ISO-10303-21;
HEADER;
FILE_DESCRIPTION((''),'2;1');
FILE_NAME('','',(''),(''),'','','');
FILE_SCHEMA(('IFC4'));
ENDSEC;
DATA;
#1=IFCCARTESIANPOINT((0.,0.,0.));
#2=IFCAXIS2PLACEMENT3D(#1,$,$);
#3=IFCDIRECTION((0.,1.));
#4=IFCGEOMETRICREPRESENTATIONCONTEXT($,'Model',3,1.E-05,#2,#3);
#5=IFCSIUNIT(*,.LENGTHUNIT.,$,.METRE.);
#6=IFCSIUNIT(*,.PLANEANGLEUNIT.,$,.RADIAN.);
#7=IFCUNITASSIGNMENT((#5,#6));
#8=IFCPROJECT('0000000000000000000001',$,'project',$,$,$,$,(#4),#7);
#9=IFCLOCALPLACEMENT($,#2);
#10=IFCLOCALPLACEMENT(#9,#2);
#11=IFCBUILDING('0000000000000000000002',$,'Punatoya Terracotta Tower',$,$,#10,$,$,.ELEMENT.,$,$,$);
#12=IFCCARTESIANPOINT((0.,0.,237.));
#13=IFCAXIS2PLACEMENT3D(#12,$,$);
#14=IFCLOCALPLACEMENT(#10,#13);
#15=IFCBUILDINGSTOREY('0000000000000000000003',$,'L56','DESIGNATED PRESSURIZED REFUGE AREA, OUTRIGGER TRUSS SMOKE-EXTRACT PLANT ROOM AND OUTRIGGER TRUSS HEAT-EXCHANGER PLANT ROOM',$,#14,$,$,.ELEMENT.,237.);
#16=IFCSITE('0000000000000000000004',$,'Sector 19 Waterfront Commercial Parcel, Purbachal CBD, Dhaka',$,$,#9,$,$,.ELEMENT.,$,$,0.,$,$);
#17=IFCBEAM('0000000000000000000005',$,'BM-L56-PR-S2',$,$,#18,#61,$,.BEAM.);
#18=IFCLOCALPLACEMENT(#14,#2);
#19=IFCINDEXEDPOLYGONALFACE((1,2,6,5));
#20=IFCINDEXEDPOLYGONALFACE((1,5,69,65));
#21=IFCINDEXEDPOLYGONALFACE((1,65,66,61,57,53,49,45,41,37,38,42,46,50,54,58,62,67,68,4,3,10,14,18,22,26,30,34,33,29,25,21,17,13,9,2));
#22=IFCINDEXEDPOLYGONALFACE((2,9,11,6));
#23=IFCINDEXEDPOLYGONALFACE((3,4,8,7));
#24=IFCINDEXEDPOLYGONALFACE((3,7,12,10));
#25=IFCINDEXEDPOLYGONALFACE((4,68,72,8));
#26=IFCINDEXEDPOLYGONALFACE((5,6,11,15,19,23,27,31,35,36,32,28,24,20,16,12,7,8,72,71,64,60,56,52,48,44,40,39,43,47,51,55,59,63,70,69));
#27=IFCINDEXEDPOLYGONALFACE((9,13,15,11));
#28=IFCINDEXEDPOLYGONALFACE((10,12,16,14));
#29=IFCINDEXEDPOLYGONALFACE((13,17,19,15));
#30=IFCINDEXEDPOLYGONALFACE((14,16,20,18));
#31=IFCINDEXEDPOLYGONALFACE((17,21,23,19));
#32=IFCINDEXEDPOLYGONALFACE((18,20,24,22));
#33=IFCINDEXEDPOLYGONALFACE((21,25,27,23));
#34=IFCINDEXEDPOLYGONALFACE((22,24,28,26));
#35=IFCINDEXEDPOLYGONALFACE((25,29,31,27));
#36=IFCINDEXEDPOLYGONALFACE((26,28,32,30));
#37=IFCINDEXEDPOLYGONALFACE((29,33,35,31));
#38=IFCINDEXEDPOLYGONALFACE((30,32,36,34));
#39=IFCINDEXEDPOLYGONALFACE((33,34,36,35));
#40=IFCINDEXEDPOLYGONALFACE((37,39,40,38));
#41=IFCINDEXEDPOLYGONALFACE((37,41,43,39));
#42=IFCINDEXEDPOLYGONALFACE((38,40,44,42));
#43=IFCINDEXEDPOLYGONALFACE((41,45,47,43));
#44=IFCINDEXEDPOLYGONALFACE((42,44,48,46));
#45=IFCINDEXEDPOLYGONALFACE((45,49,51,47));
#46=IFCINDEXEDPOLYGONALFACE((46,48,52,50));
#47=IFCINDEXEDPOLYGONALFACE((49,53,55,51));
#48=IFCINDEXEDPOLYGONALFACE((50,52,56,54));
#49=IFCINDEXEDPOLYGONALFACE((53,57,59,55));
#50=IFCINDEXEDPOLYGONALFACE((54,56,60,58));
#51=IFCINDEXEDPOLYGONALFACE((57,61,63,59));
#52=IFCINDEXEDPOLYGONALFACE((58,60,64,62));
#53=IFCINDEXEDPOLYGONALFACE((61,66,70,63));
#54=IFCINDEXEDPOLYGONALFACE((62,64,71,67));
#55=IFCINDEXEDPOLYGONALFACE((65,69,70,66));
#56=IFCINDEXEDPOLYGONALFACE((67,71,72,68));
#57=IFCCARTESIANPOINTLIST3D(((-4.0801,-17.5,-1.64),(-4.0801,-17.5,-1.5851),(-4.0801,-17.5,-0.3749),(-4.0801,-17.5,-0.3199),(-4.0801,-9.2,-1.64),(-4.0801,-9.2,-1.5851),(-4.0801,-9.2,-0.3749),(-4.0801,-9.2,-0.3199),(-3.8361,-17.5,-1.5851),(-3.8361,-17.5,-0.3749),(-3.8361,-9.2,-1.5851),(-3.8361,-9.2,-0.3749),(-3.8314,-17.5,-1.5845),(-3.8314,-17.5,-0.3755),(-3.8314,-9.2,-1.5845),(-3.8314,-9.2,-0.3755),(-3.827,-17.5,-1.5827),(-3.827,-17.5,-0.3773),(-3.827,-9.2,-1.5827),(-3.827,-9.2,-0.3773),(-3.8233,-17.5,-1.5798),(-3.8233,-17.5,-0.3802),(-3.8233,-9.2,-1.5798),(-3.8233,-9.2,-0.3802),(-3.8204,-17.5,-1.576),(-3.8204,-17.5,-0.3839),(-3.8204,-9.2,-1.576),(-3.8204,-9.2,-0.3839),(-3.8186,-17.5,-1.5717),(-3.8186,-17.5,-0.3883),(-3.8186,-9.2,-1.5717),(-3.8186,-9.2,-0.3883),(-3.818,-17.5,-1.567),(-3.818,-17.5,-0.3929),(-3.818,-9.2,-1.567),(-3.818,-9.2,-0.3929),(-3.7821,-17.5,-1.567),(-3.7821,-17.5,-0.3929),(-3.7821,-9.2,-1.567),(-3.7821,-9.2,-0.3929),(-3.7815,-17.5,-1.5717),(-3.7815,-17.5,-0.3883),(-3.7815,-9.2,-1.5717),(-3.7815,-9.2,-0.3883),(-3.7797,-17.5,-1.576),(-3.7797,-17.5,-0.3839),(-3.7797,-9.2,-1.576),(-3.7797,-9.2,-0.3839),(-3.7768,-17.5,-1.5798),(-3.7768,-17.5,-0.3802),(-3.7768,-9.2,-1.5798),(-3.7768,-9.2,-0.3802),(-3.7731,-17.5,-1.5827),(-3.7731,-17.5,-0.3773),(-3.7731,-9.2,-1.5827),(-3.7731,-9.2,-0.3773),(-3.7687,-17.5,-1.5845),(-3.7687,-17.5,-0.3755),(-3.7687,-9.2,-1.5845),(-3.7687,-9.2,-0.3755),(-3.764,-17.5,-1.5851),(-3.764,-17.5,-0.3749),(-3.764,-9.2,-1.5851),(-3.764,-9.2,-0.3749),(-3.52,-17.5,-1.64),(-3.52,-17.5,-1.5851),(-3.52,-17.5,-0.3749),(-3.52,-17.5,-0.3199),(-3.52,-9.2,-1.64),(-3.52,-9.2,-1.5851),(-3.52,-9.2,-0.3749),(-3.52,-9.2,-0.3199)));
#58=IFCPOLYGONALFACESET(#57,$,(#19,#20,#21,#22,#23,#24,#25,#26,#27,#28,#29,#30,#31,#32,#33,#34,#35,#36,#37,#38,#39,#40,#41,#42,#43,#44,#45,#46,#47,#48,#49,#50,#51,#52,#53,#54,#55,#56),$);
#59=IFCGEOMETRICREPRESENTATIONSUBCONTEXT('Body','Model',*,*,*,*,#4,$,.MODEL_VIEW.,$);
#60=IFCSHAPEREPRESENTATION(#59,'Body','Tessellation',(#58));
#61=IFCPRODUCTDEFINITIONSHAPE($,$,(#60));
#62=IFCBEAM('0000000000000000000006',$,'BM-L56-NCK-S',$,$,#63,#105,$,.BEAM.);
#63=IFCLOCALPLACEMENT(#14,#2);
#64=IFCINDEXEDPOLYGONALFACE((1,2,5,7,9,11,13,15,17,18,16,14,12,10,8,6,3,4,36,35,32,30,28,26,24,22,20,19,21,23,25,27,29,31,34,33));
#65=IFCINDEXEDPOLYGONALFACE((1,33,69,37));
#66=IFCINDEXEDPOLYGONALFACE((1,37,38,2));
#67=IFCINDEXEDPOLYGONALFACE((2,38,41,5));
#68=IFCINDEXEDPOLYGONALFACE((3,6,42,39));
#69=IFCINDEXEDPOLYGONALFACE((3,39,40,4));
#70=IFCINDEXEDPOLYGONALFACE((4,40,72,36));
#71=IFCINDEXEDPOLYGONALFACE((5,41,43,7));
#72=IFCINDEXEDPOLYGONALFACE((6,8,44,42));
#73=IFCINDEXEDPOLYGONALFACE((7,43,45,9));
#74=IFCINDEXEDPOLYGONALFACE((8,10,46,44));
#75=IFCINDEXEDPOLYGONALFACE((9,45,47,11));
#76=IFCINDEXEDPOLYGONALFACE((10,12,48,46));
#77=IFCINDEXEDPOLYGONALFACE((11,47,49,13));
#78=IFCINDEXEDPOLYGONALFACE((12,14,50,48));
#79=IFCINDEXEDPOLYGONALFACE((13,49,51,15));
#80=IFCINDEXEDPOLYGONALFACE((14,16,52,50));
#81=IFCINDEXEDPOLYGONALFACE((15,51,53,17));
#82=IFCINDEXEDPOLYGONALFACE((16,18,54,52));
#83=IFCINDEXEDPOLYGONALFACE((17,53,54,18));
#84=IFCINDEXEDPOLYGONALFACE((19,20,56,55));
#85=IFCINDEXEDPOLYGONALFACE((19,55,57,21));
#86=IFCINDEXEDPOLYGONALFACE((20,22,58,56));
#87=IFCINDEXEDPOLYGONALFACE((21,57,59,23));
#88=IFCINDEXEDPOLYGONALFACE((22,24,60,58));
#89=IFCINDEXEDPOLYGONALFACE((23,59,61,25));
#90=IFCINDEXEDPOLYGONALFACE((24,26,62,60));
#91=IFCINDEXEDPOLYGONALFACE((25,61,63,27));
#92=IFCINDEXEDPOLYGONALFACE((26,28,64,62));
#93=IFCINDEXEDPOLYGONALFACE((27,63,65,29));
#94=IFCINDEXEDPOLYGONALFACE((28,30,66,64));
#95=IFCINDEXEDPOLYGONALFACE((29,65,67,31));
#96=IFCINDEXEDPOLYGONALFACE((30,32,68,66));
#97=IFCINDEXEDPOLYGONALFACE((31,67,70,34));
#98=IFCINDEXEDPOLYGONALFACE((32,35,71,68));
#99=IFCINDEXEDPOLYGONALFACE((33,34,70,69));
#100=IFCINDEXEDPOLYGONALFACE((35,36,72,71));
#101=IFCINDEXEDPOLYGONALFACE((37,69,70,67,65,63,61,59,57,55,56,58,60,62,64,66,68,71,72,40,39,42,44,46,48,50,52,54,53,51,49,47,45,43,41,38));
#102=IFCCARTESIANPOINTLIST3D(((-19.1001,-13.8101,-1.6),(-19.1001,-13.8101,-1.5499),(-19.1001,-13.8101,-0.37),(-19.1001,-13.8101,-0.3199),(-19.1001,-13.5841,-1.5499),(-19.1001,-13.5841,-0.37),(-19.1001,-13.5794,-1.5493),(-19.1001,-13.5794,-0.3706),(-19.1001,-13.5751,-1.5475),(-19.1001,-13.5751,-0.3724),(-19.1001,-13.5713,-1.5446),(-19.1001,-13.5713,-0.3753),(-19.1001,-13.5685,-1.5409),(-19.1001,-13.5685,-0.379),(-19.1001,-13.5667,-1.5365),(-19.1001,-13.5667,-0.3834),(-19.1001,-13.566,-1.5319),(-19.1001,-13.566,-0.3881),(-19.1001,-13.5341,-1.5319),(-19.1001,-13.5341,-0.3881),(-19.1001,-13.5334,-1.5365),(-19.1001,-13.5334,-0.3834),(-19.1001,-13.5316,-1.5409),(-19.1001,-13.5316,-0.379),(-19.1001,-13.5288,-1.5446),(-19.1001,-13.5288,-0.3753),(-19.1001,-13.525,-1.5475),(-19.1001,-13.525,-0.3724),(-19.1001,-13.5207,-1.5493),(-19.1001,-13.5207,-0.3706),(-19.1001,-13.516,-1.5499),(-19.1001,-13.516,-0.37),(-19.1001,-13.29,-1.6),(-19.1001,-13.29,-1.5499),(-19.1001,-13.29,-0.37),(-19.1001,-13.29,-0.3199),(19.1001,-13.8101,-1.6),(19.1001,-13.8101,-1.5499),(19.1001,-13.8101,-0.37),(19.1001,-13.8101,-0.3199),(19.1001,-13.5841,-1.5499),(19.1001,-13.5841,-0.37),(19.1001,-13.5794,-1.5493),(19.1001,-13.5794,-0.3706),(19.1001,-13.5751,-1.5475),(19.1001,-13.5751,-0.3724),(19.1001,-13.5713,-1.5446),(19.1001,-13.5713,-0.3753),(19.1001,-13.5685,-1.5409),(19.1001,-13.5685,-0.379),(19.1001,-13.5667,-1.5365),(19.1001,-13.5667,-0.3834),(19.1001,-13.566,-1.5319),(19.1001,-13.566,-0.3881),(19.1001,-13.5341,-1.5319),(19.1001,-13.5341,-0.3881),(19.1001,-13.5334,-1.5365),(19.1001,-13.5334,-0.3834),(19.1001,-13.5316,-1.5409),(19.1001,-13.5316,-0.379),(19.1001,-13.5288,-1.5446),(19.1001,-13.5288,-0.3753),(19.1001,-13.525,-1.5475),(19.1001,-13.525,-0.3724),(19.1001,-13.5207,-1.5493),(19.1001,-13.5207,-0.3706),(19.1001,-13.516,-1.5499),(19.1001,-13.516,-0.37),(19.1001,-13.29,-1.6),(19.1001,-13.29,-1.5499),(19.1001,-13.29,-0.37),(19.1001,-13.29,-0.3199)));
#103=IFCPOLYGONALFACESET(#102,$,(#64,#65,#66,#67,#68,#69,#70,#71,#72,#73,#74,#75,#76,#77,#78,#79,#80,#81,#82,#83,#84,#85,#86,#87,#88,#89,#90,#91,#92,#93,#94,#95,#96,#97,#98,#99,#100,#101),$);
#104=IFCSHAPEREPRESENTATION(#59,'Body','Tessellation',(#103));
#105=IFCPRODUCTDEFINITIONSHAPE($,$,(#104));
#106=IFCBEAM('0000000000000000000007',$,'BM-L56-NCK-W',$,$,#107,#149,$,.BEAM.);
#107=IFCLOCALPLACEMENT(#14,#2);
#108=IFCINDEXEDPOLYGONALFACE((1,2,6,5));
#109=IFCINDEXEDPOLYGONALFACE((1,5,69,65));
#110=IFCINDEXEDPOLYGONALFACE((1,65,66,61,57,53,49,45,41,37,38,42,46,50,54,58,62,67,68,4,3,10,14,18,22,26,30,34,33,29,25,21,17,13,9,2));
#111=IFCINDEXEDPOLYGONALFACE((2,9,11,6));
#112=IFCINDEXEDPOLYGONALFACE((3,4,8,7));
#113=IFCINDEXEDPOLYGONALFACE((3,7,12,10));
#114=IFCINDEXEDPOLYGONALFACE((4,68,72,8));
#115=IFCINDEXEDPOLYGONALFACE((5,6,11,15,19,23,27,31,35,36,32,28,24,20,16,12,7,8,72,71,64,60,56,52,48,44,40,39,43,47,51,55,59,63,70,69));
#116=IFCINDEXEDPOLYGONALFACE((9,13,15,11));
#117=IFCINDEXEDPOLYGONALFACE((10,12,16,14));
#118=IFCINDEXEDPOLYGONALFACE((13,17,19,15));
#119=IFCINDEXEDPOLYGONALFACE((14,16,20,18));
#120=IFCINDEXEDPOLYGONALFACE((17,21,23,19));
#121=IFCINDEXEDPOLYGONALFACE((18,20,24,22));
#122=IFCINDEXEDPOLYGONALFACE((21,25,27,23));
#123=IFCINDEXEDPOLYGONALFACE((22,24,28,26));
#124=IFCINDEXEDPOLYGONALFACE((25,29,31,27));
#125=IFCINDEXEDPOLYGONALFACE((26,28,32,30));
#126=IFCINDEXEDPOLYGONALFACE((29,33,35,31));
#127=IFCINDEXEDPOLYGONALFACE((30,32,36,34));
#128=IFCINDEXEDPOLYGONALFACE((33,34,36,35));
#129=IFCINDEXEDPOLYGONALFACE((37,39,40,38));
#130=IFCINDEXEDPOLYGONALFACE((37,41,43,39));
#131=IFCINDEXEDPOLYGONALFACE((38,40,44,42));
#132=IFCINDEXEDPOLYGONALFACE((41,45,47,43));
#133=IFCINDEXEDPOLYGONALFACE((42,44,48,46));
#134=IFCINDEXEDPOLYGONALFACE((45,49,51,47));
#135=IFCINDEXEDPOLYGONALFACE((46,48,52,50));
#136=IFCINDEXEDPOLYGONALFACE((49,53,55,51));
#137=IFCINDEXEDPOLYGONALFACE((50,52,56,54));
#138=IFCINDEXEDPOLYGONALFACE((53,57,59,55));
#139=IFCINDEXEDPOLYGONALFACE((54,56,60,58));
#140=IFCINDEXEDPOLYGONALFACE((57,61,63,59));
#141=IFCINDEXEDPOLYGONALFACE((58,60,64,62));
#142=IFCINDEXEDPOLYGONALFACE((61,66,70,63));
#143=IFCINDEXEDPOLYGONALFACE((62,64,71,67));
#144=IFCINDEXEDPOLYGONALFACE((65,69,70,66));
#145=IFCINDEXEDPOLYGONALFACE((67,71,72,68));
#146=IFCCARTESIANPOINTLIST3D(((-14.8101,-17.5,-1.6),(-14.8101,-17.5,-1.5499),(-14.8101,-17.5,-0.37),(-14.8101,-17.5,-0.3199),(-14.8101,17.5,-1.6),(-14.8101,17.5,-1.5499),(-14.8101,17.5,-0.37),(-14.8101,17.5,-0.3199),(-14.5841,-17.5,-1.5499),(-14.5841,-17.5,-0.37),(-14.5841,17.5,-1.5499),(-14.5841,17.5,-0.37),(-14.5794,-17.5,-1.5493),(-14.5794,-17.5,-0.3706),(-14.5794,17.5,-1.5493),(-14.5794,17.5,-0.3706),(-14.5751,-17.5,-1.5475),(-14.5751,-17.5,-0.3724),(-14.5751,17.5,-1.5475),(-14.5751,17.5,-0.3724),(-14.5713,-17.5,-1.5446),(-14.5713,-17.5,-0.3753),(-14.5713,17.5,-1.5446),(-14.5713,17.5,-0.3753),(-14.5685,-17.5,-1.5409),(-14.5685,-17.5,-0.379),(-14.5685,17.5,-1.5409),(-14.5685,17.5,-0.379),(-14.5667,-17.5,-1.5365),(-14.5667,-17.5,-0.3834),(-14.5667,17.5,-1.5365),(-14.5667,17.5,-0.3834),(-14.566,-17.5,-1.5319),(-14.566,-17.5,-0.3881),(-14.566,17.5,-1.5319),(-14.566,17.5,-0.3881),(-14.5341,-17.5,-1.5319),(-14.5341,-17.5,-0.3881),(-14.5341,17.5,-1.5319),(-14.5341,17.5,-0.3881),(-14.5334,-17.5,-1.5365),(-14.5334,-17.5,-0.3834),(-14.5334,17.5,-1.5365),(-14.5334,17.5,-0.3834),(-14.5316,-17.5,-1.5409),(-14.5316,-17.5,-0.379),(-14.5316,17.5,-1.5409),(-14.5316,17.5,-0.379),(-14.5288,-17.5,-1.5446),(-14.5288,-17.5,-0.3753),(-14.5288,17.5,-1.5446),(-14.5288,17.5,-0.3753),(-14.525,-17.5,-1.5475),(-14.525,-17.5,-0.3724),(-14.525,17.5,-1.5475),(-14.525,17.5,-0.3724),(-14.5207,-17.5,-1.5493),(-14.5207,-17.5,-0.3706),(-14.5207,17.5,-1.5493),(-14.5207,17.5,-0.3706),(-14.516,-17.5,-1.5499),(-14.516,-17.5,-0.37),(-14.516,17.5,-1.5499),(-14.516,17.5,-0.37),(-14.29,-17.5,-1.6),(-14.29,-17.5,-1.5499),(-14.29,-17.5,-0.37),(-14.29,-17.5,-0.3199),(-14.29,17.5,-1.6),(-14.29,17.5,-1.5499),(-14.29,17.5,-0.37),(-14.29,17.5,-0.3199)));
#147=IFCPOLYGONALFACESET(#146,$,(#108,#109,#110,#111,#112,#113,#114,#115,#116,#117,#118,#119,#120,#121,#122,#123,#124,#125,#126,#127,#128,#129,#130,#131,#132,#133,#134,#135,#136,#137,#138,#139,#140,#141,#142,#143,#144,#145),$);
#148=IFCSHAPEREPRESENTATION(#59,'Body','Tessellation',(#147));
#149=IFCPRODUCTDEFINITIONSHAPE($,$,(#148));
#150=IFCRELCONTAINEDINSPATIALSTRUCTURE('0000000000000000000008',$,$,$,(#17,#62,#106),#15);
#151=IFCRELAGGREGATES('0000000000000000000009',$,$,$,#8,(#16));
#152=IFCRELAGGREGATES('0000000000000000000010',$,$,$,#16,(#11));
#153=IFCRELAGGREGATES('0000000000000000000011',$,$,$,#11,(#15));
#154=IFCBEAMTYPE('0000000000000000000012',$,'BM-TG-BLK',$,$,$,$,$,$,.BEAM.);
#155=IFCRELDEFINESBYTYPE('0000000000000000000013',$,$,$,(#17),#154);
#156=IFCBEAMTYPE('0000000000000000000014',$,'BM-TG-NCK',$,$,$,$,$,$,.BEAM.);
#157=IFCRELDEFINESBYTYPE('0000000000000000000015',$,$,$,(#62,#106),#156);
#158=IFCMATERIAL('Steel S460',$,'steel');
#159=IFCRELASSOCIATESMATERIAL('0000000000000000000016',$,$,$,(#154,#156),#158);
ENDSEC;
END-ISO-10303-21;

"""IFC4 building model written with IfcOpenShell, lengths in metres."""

from ifc_helpers import new_model, si_unit, direction, frame, origin, origin_2d, place, context, subcontext, project, spatial, i_section, extrude, material, material_profile, profile_set, type_object, element, save


model = new_model("IFC4")

# Units and contexts
model_context = context("Model", 3, precision=1e-05, world=origin(), true_north=direction((0.0, 1.0)))
body_context = subcontext(model_context, "Body", "Model", "MODEL_VIEW")
ifc_project = project(units=[si_unit("LENGTHUNIT", "METRE"), si_unit("PLANEANGLEUNIT", "RADIAN")], contexts=[model_context])

# Site, building, storey
site_placement = place(None, origin())
site = spatial("IfcSite", under=ifc_project, at=site_placement, Name="Sector 19 Waterfront Commercial Parcel, Purbachal CBD, Dhaka", CompositionType="ELEMENT", RefElevation=0.0)
building_placement = place(site_placement, origin())
building = spatial("IfcBuilding", under=site, at=building_placement, Name="Punatoya Terracotta Tower", CompositionType="ELEMENT")
storey_placement = place(building_placement, frame((0.0, 0.0, 237.0)))
storey = spatial("IfcBuildingStorey", under=building, at=storey_placement, Name="L56", Description="DESIGNATED PRESSURIZED REFUGE AREA, OUTRIGGER TRUSS SMOKE-EXTRACT PLANT ROOM AND OUTRIGGER TRUSS HEAT-EXCHANGER PLANT ROOM", CompositionType="ELEMENT", Elevation=237.0)

# Shared definitions
ifc_material_1 = material(Name="Steel S460", Category="steel")

# Beams
ifc_material_profile_1 = material_profile(ifc_material_1, i_section(OverallWidth=0.5601, OverallDepth=1.3201, WebThickness=0.0359, FlangeThickness=0.0549, FilletRadius=0.0181, at=origin_2d()))
ifc_profile_set_1 = profile_set([ifc_material_profile_1], Name="Steel S460")
beam_type_1 = type_object("IfcBeamType", Name="BM-TG-BLK", PredefinedType="BEAM", material=ifc_profile_set_1)
beam_1_placement = place(storey_placement, frame((-3.8, -17.5, -0.98), z_axis=(0.0, 1.0, 0.0), x_axis=(-1.0, 0.0, 0.0)))
element("IfcBeam", 1, at=beam_1_placement, inside=storey, type_object=beam_type_1, Name="BM-L56-PR-S2", PredefinedType="BEAM", context=body_context, shape_type="SweptSolid", body=[
    extrude(i_section(OverallWidth=0.5601, OverallDepth=1.3201, WebThickness=0.0359, FlangeThickness=0.0549, FilletRadius=0.0181, at=origin_2d()), origin(), (0.0, 0.0, 1.0), 8.3),
])
ifc_material_profile_2 = material_profile(ifc_material_1, i_section(OverallWidth=0.52, OverallDepth=1.28, WebThickness=0.032, FlangeThickness=0.05, FilletRadius=0.0181, at=origin_2d()))
ifc_profile_set_2 = profile_set([ifc_material_profile_2], Name="Steel S460")
beam_type_2 = type_object("IfcBeamType", Name="BM-TG-NCK", PredefinedType="BEAM", material=ifc_profile_set_2)
beam_2_placement = place(storey_placement, frame((-19.1001, -13.55, -0.96), z_axis=(1.0, 0.0, 0.0), x_axis=(0.0, 1.0, 0.0)))
element("IfcBeam", 2, at=beam_2_placement, inside=storey, type_object=beam_type_2, Name="BM-L56-NCK-S", PredefinedType="BEAM", context=body_context, shape_type="SweptSolid", body=[
    extrude(i_section(OverallWidth=0.52, OverallDepth=1.28, WebThickness=0.032, FlangeThickness=0.05, FilletRadius=0.0181, at=origin_2d()), origin(), (0.0, 0.0, 1.0), 38.2002),
])
beam_3_placement = place(storey_placement, frame((-14.55, -17.5, -0.96), z_axis=(0.0, 1.0, 0.0), x_axis=(-1.0, 0.0, 0.0)))
element("IfcBeam", 3, at=beam_3_placement, inside=storey, type_object=beam_type_2, Name="BM-L56-NCK-W", PredefinedType="BEAM", context=body_context, shape_type="SweptSolid", body=[
    extrude(i_section(OverallWidth=0.52, OverallDepth=1.28, WebThickness=0.032, FlangeThickness=0.05, FilletRadius=0.0181, at=origin_2d()), origin(), (0.0, 0.0, 1.0), 35.0),
])

save(model, "model.ifc")
